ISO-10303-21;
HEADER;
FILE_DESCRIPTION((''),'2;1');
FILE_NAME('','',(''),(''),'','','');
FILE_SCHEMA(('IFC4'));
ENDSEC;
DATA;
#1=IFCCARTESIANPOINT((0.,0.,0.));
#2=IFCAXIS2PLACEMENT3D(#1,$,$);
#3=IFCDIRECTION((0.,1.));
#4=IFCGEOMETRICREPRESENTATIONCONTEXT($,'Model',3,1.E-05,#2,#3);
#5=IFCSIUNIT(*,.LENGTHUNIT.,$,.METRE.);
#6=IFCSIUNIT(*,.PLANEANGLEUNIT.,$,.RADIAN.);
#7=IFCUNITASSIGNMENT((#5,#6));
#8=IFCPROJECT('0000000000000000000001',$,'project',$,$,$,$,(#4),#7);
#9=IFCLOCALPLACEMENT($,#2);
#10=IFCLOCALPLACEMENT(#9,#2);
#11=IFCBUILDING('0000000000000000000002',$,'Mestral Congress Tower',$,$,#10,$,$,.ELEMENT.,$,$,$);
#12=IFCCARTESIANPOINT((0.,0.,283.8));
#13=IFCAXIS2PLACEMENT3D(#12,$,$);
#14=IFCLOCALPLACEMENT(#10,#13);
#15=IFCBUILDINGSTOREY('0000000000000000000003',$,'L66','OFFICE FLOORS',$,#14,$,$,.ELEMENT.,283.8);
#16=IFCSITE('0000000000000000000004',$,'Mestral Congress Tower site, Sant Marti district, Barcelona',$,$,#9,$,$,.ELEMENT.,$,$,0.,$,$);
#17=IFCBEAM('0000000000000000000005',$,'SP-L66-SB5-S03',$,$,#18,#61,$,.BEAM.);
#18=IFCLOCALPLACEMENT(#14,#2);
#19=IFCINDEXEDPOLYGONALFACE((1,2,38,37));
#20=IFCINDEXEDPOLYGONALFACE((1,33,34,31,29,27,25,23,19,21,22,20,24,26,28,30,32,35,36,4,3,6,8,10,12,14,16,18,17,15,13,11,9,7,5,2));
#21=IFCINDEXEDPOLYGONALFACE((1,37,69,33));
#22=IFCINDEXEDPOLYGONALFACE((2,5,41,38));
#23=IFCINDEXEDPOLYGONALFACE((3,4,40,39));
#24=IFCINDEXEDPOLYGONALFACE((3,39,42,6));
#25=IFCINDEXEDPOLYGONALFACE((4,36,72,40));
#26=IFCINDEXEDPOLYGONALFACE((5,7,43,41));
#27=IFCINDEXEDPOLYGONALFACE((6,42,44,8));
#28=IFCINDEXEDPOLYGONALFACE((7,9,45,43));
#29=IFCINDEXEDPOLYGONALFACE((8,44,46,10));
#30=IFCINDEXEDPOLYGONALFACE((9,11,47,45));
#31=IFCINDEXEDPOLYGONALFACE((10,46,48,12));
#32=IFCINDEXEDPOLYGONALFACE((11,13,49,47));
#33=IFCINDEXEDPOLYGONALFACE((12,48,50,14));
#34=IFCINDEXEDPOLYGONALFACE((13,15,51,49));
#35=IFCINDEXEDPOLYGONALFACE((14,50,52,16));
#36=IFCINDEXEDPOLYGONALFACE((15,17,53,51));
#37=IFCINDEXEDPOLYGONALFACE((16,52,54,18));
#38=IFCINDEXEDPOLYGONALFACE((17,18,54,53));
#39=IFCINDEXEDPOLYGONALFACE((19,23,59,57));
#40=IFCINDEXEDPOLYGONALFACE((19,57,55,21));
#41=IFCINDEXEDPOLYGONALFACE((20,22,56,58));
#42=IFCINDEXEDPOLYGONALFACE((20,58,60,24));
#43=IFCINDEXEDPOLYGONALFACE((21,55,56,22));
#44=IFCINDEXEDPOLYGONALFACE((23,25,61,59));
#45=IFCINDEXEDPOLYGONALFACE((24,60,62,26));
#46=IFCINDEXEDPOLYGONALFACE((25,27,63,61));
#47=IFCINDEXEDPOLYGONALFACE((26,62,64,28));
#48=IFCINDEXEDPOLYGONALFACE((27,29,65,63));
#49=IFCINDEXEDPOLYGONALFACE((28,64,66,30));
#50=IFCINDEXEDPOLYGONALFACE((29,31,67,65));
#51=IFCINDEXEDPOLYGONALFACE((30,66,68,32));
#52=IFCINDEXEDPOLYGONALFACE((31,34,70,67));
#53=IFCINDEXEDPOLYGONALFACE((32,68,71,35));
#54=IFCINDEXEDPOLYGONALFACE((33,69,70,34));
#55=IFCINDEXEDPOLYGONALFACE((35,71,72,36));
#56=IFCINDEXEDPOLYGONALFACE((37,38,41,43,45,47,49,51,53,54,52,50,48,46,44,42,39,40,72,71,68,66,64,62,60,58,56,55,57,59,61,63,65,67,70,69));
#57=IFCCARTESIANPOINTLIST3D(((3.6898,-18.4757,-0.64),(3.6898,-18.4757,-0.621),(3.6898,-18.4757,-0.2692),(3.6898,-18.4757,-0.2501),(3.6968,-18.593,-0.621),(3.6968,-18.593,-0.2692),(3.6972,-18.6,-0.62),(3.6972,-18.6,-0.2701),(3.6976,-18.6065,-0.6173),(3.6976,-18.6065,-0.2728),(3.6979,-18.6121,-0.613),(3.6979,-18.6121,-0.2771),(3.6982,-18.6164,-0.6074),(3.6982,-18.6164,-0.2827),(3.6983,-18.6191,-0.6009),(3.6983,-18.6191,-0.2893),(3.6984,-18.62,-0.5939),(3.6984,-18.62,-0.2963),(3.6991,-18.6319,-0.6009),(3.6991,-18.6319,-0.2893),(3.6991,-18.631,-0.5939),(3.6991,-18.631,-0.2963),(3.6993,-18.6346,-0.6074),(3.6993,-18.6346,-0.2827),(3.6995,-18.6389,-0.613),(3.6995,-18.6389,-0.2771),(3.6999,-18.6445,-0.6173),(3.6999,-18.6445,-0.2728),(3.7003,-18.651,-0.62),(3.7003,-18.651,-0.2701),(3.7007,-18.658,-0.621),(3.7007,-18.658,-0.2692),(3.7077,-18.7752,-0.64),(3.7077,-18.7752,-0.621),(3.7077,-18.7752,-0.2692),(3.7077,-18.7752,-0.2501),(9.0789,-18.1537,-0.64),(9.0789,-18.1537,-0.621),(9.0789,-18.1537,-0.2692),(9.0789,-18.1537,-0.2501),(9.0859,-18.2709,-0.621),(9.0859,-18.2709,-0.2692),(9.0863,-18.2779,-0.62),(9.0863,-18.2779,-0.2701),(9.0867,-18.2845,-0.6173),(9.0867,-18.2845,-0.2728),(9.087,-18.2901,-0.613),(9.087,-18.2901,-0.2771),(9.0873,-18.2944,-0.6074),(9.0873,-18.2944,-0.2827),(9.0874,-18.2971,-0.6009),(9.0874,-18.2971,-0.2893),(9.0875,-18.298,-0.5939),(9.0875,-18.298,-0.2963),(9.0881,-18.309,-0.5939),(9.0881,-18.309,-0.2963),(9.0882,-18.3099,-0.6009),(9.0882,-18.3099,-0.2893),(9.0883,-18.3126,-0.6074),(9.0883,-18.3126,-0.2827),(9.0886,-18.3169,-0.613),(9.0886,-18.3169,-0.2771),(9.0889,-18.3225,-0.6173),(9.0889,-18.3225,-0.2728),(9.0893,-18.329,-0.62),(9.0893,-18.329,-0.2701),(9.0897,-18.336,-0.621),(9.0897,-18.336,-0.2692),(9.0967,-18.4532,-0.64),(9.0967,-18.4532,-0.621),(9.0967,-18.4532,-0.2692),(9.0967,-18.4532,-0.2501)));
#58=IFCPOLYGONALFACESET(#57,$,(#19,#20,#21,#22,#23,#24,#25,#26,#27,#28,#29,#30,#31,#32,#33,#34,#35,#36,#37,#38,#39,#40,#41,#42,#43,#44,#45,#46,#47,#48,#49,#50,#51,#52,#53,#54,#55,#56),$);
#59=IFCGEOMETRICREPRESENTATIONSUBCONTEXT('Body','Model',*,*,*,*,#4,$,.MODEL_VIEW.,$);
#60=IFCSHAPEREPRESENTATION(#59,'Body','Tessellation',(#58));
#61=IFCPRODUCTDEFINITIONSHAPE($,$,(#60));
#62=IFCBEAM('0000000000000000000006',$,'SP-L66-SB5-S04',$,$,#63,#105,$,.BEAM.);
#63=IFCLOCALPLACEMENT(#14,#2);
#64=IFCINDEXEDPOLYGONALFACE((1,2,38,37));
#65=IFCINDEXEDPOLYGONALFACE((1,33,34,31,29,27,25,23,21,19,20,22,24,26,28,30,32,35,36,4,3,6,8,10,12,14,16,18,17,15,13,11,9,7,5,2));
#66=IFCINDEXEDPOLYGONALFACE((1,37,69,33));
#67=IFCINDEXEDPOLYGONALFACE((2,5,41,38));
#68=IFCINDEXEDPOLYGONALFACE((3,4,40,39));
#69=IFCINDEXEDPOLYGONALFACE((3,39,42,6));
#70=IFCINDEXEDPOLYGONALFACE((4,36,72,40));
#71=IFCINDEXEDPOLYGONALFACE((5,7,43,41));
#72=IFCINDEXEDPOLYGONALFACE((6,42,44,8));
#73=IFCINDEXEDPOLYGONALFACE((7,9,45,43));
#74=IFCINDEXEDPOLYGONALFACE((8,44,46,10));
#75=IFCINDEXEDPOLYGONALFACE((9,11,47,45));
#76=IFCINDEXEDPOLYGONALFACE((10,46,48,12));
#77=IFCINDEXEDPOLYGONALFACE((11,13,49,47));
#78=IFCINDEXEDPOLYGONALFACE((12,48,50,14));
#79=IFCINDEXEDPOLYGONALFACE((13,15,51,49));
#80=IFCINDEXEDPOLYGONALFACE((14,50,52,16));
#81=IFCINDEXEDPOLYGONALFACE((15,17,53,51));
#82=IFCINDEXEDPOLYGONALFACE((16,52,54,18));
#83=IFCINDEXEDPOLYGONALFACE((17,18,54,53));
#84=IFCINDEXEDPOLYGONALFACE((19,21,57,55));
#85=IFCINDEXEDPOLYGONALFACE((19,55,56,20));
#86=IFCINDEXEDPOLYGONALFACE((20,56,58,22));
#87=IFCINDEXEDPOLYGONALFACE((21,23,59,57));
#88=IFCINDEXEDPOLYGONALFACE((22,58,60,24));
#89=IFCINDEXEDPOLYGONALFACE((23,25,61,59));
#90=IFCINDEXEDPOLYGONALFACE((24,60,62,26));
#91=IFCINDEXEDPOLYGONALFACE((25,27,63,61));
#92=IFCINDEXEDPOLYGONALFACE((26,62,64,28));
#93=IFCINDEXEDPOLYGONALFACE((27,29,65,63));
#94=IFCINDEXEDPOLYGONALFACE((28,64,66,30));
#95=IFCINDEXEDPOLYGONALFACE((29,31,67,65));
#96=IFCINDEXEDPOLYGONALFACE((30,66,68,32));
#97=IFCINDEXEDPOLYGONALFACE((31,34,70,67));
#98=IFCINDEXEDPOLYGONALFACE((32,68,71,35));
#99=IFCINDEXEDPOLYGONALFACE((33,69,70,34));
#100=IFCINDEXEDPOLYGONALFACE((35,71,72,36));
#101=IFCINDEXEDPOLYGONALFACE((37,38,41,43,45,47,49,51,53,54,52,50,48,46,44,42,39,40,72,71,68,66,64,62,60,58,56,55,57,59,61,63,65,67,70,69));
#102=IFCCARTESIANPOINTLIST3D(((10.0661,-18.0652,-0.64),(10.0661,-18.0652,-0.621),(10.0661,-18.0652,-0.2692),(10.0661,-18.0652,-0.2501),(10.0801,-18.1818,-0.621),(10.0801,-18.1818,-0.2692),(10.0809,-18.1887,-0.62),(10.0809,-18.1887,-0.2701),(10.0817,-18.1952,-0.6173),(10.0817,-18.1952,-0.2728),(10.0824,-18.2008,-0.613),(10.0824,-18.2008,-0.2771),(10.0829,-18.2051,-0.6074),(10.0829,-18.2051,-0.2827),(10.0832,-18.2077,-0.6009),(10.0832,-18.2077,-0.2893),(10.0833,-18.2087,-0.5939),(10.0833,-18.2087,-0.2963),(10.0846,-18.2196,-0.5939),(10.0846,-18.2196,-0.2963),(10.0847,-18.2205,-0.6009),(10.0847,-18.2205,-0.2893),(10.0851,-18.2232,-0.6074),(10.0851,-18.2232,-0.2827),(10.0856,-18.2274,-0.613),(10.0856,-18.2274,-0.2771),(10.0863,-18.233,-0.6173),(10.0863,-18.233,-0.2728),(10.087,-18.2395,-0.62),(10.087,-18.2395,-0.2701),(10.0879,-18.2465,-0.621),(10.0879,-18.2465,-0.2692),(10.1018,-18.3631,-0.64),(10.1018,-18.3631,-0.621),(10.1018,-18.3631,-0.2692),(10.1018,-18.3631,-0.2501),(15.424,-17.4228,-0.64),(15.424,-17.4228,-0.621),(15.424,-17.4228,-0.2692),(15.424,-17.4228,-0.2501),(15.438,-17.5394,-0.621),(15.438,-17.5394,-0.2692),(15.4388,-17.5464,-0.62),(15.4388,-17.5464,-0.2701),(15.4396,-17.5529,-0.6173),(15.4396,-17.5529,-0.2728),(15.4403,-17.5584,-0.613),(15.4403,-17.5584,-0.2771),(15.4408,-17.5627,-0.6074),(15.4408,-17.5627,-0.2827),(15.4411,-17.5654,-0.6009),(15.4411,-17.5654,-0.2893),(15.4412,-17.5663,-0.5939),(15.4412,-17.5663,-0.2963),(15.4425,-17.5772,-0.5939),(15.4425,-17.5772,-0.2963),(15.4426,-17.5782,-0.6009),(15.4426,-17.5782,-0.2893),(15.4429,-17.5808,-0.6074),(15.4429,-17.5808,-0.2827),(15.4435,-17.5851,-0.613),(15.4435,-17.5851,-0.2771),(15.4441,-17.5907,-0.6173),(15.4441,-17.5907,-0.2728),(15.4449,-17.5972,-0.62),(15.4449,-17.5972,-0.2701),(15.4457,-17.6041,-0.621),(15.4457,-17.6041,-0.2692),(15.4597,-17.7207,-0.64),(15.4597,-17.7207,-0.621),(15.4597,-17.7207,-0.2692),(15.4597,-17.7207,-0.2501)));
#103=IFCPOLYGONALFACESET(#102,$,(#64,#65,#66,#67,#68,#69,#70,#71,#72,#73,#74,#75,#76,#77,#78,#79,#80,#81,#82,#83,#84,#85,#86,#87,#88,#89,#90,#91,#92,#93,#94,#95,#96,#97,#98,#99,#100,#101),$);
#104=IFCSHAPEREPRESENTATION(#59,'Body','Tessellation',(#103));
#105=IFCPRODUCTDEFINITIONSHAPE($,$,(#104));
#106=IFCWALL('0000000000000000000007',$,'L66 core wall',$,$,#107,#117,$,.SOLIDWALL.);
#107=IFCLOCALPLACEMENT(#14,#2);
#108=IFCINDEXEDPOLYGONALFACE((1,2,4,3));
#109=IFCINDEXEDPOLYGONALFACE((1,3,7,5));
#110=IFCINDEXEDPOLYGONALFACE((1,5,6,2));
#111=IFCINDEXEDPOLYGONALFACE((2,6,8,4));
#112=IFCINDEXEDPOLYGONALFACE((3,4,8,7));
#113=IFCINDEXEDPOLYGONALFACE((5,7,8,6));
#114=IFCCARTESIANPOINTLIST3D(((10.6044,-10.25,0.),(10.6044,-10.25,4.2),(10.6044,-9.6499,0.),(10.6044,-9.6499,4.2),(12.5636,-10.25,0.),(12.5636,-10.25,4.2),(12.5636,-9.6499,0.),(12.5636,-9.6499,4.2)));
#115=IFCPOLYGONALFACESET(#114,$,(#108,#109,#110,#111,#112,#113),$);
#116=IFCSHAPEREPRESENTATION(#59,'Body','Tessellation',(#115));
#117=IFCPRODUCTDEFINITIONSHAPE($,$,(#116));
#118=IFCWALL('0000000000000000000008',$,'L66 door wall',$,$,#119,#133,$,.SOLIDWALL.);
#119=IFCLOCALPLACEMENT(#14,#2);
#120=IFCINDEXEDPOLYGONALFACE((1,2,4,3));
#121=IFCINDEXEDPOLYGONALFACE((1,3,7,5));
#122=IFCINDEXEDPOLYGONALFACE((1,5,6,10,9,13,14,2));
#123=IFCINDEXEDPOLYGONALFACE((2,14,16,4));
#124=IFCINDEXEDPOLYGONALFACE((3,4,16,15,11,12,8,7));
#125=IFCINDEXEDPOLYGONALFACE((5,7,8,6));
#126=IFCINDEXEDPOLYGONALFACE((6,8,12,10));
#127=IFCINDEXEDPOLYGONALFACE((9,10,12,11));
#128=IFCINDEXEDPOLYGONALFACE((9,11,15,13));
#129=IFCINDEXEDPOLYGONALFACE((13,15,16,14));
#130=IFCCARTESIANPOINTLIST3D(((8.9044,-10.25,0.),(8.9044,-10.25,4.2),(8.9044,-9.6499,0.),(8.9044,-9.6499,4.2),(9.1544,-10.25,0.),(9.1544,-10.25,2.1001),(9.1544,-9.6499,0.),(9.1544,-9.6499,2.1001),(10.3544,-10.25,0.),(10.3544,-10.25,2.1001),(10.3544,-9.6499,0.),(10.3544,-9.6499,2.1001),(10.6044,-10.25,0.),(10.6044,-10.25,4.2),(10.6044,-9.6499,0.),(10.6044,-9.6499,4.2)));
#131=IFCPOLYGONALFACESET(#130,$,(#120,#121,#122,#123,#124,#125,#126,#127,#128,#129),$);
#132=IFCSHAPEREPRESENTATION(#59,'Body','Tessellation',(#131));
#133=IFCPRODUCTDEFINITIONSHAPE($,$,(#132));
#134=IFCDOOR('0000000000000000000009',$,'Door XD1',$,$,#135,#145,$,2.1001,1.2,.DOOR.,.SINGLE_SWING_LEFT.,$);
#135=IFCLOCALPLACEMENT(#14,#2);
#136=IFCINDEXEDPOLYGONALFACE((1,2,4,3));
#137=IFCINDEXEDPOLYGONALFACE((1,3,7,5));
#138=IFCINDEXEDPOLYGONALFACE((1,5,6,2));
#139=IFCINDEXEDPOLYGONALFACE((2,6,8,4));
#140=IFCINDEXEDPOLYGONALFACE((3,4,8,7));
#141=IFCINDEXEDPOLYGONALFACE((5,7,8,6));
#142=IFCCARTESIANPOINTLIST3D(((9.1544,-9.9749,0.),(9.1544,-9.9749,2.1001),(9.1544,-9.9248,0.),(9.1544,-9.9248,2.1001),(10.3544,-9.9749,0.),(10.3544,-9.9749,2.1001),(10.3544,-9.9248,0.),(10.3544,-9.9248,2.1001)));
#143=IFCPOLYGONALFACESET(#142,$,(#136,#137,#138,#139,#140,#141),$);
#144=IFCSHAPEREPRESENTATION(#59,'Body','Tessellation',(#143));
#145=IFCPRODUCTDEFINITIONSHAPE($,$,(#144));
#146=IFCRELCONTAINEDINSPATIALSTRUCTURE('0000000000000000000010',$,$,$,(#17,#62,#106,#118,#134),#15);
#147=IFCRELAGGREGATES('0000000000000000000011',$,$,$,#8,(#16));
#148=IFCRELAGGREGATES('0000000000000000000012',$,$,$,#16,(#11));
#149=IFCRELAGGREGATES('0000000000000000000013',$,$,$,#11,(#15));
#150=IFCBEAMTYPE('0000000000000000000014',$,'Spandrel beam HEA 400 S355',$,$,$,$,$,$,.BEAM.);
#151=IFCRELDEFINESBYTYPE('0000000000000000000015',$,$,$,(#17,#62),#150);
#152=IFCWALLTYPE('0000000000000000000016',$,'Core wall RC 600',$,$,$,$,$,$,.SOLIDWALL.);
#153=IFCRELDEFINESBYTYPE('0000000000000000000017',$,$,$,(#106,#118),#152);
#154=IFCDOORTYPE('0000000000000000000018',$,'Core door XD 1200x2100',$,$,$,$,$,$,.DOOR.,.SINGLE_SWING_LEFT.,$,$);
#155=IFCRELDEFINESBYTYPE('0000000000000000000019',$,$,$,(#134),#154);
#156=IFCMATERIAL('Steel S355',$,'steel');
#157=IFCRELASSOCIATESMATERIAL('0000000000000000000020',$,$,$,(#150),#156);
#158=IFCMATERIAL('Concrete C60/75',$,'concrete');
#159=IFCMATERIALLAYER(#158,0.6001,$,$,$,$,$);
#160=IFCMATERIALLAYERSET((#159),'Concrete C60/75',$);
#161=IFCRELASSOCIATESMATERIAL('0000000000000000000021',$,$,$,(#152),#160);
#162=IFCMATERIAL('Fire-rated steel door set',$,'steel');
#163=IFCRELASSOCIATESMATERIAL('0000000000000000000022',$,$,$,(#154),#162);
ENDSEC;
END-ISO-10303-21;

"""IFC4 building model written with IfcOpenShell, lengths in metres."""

from ifc_helpers import new_model, si_unit, direction, frame, frame_2d, origin, origin_2d, place, context, subcontext, project, spatial, rectangle, i_section, extrude, material, layer, layer_set, material_profile, profile_set, type_object, element, fill, save


model = new_model("IFC4")

# Units and contexts
model_context = context("Model", 3, precision=1e-05, world=origin(), true_north=direction((0.0, 1.0)))
body_context = subcontext(model_context, "Body", "Model", "MODEL_VIEW")
ifc_project = project(units=[si_unit("LENGTHUNIT", "METRE"), si_unit("PLANEANGLEUNIT", "RADIAN")], contexts=[model_context])

# Site, building, storey
site_placement = place(None, origin())
site = spatial("IfcSite", under=ifc_project, at=site_placement, Name="Mestral Congress Tower site, Sant Marti district, Barcelona", CompositionType="ELEMENT", RefElevation=0.0)
building_placement = place(site_placement, origin())
building = spatial("IfcBuilding", under=site, at=building_placement, Name="Mestral Congress Tower", CompositionType="ELEMENT")
storey_placement = place(building_placement, frame((0.0, 0.0, 283.8)))
storey = spatial("IfcBuildingStorey", under=building, at=storey_placement, Name="L66", Description="OFFICE FLOORS", CompositionType="ELEMENT", Elevation=283.8)

# Shared definitions
ifc_material_1 = material(Name="Concrete C60/75", Category="concrete")

# Beams
ifc_material_2 = material(Name="Steel S355", Category="steel")
ifc_material_profile_1 = material_profile(ifc_material_2, i_section(OverallWidth=0.3, OverallDepth=0.3899, WebThickness=0.011, FlangeThickness=0.019, FilletRadius=0.0271, at=origin_2d()), Name="HEA 400")
ifc_profile_set_1 = profile_set([ifc_material_profile_1], Name="Steel S355")
beam_type_1 = type_object("IfcBeamType", Name="Spandrel beam HEA 400 S355", PredefinedType="BEAM", material=ifc_profile_set_1)
beam_1_placement = place(storey_placement, frame((3.6987, -18.6255, -0.4451), z_axis=(0.99822, 0.059647, 0.0), x_axis=(-0.059647, 0.99822, 0.0)))
element("IfcBeam", 1, at=beam_1_placement, inside=storey, type_object=beam_type_1, Name="SP-L66-SB5-S03", PredefinedType="BEAM", context=body_context, shape_type="SweptSolid", body=[
    extrude(i_section(OverallWidth=0.3, OverallDepth=0.3899, WebThickness=0.011, FlangeThickness=0.019, FilletRadius=0.0271, at=origin_2d()), origin(), (0.0, 0.0, 1.0), 5.3987),
])
beam_2_placement = place(storey_placement, frame((10.084, -18.2141, -0.4451), z_axis=(0.99289, 0.119033, 0.0), x_axis=(-0.119033, 0.99289, 0.0)))
element("IfcBeam", 2, at=beam_2_placement, inside=storey, type_object=beam_type_1, Name="SP-L66-SB5-S04", PredefinedType="BEAM", context=body_context, shape_type="SweptSolid", body=[
    extrude(i_section(OverallWidth=0.3, OverallDepth=0.3899, WebThickness=0.011, FlangeThickness=0.019, FilletRadius=0.0271, at=origin_2d()), origin(), (0.0, 0.0, 1.0), 5.3962),
])

# Wall
ifc_layer_1 = layer(ifc_material_1, 0.6001)
ifc_layer_set_1 = layer_set([ifc_layer_1], Name="Concrete C60/75")
wall_type_1 = type_object("IfcWallType", Name="Core wall RC 600", PredefinedType="SOLIDWALL", material=ifc_layer_set_1)
wall_1_placement = place(storey_placement, frame((10.6045, -9.95, 0.0), z_axis=(0.0, 0.0, 1.0), x_axis=(1.0, 0.0, 0.0)))
element("IfcWall", 3, at=wall_1_placement, inside=storey, type_object=wall_type_1, Name="L66 core wall", PredefinedType="SOLIDWALL", context=body_context, shape_type="SweptSolid", body=[
    extrude(rectangle(XDim=1.9592, YDim=0.6001, at=frame_2d((0.9795, 0.0))), origin(), (0.0, 0.0, 1.0), 4.2),
])

# Wall, opening, door
wall_2_placement = place(storey_placement, frame((10.6045, -9.95, 0.0), z_axis=(0.0, 0.0, 1.0), x_axis=(-1.0, 0.0, 0.0)))
wall_2 = element("IfcWall", 4, at=wall_2_placement, inside=storey, type_object=wall_type_1, Name="L66 door wall", PredefinedType="SOLIDWALL", context=body_context, shape_type="SweptSolid", body=[
    extrude(rectangle(XDim=1.7, YDim=0.6001, at=frame_2d((0.8501, 0.0))), origin(), (0.0, 0.0, 1.0), 4.2),
])
opening_1_placement = place(wall_2_placement, frame((0.25, 0.0, 0.0)))
opening_1 = element("IfcOpeningElement", 5, at=opening_1_placement, cuts=wall_2, PredefinedType="OPENING", context=body_context, shape_type="SweptSolid", body=[
    extrude(rectangle(XDim=1.2, YDim=2.1001, at=frame_2d((0.6001, 1.05))), frame((0.0, 0.3101, 0.0), z_axis=(0.0, -1.0, 0.0), x_axis=(1.0, 0.0, 0.0)), (0.0, 0.0, 1.0), 0.6201),
])
ifc_material_3 = material(Name="Fire-rated steel door set", Category="steel")
door_type_1 = type_object("IfcDoorType", Name="Core door XD 1200x2100", OperationType="SINGLE_SWING_LEFT", PredefinedType="DOOR", material=ifc_material_3)
door_1_placement = place(opening_1_placement, origin())
door_1 = element("IfcDoor", 6, at=door_1_placement, inside=storey, type_object=door_type_1, Name="Door XD1", OperationType="SINGLE_SWING_LEFT", OverallHeight=2.1001, OverallWidth=1.2, PredefinedType="DOOR", context=body_context, shape_type="SweptSolid", body=[
    extrude(rectangle(XDim=1.2, YDim=2.1001, at=frame_2d((0.6001, 1.05))), frame((0.0, 0.0249, 0.0), z_axis=(0.0, -1.0, 0.0), x_axis=(1.0, 0.0, 0.0)), (0.0, 0.0, 1.0), 0.05),
])
fill(opening_1, door_1)

save(model, "model.ifc")
